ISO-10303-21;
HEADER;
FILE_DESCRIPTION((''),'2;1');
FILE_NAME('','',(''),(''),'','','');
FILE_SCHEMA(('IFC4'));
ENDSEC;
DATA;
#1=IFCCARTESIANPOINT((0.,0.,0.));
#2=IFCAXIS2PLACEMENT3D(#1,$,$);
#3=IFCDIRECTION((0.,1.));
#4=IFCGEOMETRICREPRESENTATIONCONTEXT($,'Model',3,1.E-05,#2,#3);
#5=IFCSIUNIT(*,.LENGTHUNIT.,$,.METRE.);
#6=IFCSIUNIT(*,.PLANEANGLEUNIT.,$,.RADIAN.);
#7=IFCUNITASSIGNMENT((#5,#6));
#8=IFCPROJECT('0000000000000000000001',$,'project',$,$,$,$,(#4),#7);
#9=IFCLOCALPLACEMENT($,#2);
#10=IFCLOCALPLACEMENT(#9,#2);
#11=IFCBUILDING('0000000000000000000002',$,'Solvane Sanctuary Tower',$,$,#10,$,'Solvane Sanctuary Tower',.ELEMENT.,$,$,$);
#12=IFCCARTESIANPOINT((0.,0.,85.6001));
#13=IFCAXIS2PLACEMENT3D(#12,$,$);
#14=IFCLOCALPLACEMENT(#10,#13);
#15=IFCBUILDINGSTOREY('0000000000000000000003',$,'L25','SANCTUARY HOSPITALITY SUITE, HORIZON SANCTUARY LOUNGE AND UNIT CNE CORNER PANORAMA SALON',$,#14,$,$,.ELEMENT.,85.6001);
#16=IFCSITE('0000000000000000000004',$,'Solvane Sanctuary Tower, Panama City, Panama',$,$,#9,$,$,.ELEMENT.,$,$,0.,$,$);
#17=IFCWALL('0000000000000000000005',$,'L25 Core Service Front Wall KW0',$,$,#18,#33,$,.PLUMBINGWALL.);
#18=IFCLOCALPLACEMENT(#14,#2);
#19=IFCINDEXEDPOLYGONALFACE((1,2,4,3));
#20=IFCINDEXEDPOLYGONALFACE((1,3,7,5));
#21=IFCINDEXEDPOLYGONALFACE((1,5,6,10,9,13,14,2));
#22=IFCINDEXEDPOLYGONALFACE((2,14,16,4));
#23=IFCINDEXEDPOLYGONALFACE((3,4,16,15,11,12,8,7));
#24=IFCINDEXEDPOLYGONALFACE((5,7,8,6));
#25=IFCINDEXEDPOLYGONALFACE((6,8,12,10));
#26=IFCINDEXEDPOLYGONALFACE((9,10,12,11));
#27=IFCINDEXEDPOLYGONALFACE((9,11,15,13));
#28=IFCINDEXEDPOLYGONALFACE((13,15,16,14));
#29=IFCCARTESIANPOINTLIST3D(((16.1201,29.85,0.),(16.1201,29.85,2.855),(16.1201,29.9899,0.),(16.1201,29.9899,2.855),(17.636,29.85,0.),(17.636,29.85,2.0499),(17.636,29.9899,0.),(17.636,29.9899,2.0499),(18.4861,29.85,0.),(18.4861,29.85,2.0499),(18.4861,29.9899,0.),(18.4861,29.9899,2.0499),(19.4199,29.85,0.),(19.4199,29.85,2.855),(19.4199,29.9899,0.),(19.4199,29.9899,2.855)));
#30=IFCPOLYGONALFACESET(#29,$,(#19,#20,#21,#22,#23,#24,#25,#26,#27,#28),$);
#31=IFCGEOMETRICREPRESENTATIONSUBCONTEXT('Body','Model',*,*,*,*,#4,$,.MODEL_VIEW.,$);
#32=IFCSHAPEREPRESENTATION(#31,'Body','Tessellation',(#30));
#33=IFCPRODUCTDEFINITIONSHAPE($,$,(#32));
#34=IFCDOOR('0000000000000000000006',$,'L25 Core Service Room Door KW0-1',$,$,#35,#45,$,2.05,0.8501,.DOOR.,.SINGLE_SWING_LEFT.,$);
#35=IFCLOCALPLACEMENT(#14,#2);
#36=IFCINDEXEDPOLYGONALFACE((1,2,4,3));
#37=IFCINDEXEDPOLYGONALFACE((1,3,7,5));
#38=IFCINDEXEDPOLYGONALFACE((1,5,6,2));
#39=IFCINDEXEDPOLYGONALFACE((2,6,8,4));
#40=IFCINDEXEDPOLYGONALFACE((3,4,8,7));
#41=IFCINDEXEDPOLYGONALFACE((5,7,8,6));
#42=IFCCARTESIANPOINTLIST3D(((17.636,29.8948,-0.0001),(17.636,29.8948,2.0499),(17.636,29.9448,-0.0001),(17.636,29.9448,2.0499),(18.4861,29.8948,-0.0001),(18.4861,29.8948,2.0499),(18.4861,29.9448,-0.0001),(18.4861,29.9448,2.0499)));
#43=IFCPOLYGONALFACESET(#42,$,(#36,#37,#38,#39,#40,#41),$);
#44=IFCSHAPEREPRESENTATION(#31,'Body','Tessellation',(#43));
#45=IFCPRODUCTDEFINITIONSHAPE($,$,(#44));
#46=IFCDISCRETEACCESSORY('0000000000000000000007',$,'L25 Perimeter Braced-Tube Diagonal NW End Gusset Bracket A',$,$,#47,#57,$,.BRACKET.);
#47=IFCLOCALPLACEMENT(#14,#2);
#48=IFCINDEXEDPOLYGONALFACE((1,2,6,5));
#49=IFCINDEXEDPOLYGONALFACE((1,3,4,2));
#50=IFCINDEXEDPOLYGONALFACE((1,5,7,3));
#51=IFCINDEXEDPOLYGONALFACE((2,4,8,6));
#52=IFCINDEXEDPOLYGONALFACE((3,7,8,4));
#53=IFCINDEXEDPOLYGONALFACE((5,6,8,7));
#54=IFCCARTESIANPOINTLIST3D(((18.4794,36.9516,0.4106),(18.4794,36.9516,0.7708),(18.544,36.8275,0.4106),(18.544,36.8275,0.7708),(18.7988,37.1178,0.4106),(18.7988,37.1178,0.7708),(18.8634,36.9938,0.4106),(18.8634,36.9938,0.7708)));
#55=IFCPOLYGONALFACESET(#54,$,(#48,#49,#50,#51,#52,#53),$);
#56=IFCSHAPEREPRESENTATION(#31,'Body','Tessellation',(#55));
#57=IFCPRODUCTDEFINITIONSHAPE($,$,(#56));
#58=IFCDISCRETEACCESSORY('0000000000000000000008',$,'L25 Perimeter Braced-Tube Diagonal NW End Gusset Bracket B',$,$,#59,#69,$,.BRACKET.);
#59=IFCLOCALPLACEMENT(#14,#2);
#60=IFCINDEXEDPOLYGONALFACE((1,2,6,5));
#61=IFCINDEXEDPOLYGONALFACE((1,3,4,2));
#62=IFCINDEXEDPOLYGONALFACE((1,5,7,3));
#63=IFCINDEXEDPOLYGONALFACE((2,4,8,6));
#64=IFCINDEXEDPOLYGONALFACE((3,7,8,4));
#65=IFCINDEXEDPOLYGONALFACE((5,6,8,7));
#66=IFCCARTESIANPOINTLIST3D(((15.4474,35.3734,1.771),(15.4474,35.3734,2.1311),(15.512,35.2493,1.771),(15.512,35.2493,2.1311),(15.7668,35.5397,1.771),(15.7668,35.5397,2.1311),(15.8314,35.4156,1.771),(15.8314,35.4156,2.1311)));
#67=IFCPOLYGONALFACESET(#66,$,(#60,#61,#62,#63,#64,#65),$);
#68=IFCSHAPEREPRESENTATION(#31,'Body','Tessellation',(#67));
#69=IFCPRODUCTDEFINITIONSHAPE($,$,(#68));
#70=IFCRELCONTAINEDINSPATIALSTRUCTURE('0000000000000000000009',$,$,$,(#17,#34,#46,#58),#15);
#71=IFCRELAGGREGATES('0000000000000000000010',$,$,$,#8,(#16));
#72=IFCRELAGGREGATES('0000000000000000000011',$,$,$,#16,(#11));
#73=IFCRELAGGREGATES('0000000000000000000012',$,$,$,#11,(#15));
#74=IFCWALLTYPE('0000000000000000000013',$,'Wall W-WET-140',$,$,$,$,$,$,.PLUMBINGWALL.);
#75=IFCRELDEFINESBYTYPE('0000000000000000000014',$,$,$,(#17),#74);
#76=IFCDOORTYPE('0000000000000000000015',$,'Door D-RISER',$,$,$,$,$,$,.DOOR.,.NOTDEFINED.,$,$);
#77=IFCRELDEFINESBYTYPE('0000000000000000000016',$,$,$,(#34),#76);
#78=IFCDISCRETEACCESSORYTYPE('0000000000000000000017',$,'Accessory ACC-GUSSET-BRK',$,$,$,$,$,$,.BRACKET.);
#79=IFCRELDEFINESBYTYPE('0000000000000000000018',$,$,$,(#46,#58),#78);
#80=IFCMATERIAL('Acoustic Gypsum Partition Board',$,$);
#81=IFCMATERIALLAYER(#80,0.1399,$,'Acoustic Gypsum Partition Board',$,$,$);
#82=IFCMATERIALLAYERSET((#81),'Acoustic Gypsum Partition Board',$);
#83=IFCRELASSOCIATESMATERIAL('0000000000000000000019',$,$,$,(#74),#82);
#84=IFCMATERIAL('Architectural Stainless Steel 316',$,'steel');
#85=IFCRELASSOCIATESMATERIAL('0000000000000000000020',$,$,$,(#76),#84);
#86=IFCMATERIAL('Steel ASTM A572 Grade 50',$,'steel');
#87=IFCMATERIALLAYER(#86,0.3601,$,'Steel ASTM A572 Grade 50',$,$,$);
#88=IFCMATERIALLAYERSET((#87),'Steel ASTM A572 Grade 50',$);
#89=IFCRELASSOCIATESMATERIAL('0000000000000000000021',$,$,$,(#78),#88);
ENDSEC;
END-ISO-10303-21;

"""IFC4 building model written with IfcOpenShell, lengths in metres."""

from ifc_helpers import new_model, si_unit, direction, frame, frame_2d, origin, origin_2d, place, context, subcontext, project, spatial, rectangle, extrude, material, layer, layer_set, type_object, element, fill, save


model = new_model("IFC4")

# Units and contexts
model_context = context("Model", 3, precision=1e-05, world=origin(), true_north=direction((0.0, 1.0)))
body_context = subcontext(model_context, "Body", "Model", "MODEL_VIEW")
ifc_project = project(units=[si_unit("LENGTHUNIT", "METRE"), si_unit("PLANEANGLEUNIT", "RADIAN")], contexts=[model_context])

# Site, building, storey
site_placement = place(None, origin())
site = spatial("IfcSite", under=ifc_project, at=site_placement, Name="Solvane Sanctuary Tower, Panama City, Panama", CompositionType="ELEMENT", RefElevation=0.0)
building_placement = place(site_placement, origin())
building = spatial("IfcBuilding", under=site, at=building_placement, Name="Solvane Sanctuary Tower", LongName="Solvane Sanctuary Tower", CompositionType="ELEMENT")
storey_placement = place(building_placement, frame((0.0, 0.0, 85.6001)))
storey = spatial("IfcBuildingStorey", under=building, at=storey_placement, Name="L25", Description="SANCTUARY HOSPITALITY SUITE, HORIZON SANCTUARY LOUNGE AND UNIT CNE CORNER PANORAMA SALON", CompositionType="ELEMENT", Elevation=85.6001)

# Shared definitions
ifc_material_1 = material(Name="Acoustic Gypsum Partition Board")

# Shared definitions
ifc_material_2 = material(Name="Architectural Stainless Steel 316", Category="steel")

# Wall, opening, door
ifc_layer_1 = layer(ifc_material_1, 0.1399, Name="Acoustic Gypsum Partition Board")
ifc_layer_set_1 = layer_set([ifc_layer_1], Name="Acoustic Gypsum Partition Board")
wall_type_1 = type_object("IfcWallType", Name="Wall W-WET-140", PredefinedType="PLUMBINGWALL", material=ifc_layer_set_1)
wall_1_placement = place(storey_placement, frame((16.1201, 29.9199, 0.0), z_axis=(0.0, 0.0, 1.0), x_axis=(1.0, 0.0, 0.0)))
wall_1 = element("IfcWall", 1, at=wall_1_placement, inside=storey, type_object=wall_type_1, Name="L25 Core Service Front Wall KW0", PredefinedType="PLUMBINGWALL", context=body_context, shape_type="SweptSolid", body=[
    extrude(rectangle(XDim=3.2998, YDim=0.1399, at=frame_2d((1.6499, 0.0))), origin(), (0.0, 0.0, 1.0), 2.855),
])
opening_1_placement = place(wall_1_placement, frame((1.5159, 0.0, 0.0)))
opening_1 = element("IfcOpeningElement", 2, at=opening_1_placement, cuts=wall_1, PredefinedType="OPENING", context=body_context, shape_type="SweptSolid", body=[
    extrude(rectangle(XDim=0.8501, YDim=2.05, at=frame_2d((0.425, 1.0249))), frame((0.0, 0.0798, 0.0), z_axis=(0.0, -1.0, 0.0), x_axis=(1.0, 0.0, 0.0)), (0.0, 0.0, 1.0), 0.1599),
])
door_type_1 = type_object("IfcDoorType", Name="Door D-RISER", OperationType="NOTDEFINED", PredefinedType="DOOR", material=ifc_material_2)
door_1_placement = place(opening_1_placement, origin())
door_1 = element("IfcDoor", 3, at=door_1_placement, inside=storey, type_object=door_type_1, Name="L25 Core Service Room Door KW0-1", OperationType="SINGLE_SWING_LEFT", OverallHeight=2.05, OverallWidth=0.8501, PredefinedType="DOOR", context=body_context, shape_type="SweptSolid", body=[
    extrude(rectangle(XDim=0.8501, YDim=2.05, at=frame_2d((0.425, 1.0249))), frame((0.0, 0.0249, 0.0), z_axis=(0.0, -1.0, 0.0), x_axis=(1.0, 0.0, 0.0)), (0.0, 0.0, 1.0), 0.05),
])
fill(opening_1, door_1)

# Discrete accessories
ifc_material_3 = material(Name="Steel ASTM A572 Grade 50", Category="steel")
ifc_layer_2 = layer(ifc_material_3, 0.3601, Name="Steel ASTM A572 Grade 50")
ifc_layer_set_2 = layer_set([ifc_layer_2], Name="Steel ASTM A572 Grade 50")
discrete_accessory_type = type_object("IfcDiscreteAccessoryType", Name="Accessory ACC-GUSSET-BRK", PredefinedType="BRACKET", material=ifc_layer_set_2)
for number, where, z_axis, x_axis, name in (
    (4, (18.6714, 36.9727, 0.4106), (0.0, 0.0, 1.0), (-0.887011, -0.461749, 0.0), "L25 Perimeter Braced-Tube Diagonal NW End Gusset Bracket A"),
    (5, (15.6394, 35.3945, 1.771), (0.0, 0.0, 1.0), (-0.887011, -0.461749, 0.0), "L25 Perimeter Braced-Tube Diagonal NW End Gusset Bracket B"),
):
    element("IfcDiscreteAccessory", number, at=place(storey_placement, frame(where, z_axis=z_axis, x_axis=x_axis)), inside=storey, type_object=discrete_accessory_type, Name=name, PredefinedType="BRACKET", context=body_context, shape_type="SweptSolid", body=[
        extrude(rectangle(XDim=0.3601, YDim=0.1399, at=origin_2d()), origin(), (0.0, 0.0, 1.0), 0.3601),
    ])

save(model, "model.ifc")
